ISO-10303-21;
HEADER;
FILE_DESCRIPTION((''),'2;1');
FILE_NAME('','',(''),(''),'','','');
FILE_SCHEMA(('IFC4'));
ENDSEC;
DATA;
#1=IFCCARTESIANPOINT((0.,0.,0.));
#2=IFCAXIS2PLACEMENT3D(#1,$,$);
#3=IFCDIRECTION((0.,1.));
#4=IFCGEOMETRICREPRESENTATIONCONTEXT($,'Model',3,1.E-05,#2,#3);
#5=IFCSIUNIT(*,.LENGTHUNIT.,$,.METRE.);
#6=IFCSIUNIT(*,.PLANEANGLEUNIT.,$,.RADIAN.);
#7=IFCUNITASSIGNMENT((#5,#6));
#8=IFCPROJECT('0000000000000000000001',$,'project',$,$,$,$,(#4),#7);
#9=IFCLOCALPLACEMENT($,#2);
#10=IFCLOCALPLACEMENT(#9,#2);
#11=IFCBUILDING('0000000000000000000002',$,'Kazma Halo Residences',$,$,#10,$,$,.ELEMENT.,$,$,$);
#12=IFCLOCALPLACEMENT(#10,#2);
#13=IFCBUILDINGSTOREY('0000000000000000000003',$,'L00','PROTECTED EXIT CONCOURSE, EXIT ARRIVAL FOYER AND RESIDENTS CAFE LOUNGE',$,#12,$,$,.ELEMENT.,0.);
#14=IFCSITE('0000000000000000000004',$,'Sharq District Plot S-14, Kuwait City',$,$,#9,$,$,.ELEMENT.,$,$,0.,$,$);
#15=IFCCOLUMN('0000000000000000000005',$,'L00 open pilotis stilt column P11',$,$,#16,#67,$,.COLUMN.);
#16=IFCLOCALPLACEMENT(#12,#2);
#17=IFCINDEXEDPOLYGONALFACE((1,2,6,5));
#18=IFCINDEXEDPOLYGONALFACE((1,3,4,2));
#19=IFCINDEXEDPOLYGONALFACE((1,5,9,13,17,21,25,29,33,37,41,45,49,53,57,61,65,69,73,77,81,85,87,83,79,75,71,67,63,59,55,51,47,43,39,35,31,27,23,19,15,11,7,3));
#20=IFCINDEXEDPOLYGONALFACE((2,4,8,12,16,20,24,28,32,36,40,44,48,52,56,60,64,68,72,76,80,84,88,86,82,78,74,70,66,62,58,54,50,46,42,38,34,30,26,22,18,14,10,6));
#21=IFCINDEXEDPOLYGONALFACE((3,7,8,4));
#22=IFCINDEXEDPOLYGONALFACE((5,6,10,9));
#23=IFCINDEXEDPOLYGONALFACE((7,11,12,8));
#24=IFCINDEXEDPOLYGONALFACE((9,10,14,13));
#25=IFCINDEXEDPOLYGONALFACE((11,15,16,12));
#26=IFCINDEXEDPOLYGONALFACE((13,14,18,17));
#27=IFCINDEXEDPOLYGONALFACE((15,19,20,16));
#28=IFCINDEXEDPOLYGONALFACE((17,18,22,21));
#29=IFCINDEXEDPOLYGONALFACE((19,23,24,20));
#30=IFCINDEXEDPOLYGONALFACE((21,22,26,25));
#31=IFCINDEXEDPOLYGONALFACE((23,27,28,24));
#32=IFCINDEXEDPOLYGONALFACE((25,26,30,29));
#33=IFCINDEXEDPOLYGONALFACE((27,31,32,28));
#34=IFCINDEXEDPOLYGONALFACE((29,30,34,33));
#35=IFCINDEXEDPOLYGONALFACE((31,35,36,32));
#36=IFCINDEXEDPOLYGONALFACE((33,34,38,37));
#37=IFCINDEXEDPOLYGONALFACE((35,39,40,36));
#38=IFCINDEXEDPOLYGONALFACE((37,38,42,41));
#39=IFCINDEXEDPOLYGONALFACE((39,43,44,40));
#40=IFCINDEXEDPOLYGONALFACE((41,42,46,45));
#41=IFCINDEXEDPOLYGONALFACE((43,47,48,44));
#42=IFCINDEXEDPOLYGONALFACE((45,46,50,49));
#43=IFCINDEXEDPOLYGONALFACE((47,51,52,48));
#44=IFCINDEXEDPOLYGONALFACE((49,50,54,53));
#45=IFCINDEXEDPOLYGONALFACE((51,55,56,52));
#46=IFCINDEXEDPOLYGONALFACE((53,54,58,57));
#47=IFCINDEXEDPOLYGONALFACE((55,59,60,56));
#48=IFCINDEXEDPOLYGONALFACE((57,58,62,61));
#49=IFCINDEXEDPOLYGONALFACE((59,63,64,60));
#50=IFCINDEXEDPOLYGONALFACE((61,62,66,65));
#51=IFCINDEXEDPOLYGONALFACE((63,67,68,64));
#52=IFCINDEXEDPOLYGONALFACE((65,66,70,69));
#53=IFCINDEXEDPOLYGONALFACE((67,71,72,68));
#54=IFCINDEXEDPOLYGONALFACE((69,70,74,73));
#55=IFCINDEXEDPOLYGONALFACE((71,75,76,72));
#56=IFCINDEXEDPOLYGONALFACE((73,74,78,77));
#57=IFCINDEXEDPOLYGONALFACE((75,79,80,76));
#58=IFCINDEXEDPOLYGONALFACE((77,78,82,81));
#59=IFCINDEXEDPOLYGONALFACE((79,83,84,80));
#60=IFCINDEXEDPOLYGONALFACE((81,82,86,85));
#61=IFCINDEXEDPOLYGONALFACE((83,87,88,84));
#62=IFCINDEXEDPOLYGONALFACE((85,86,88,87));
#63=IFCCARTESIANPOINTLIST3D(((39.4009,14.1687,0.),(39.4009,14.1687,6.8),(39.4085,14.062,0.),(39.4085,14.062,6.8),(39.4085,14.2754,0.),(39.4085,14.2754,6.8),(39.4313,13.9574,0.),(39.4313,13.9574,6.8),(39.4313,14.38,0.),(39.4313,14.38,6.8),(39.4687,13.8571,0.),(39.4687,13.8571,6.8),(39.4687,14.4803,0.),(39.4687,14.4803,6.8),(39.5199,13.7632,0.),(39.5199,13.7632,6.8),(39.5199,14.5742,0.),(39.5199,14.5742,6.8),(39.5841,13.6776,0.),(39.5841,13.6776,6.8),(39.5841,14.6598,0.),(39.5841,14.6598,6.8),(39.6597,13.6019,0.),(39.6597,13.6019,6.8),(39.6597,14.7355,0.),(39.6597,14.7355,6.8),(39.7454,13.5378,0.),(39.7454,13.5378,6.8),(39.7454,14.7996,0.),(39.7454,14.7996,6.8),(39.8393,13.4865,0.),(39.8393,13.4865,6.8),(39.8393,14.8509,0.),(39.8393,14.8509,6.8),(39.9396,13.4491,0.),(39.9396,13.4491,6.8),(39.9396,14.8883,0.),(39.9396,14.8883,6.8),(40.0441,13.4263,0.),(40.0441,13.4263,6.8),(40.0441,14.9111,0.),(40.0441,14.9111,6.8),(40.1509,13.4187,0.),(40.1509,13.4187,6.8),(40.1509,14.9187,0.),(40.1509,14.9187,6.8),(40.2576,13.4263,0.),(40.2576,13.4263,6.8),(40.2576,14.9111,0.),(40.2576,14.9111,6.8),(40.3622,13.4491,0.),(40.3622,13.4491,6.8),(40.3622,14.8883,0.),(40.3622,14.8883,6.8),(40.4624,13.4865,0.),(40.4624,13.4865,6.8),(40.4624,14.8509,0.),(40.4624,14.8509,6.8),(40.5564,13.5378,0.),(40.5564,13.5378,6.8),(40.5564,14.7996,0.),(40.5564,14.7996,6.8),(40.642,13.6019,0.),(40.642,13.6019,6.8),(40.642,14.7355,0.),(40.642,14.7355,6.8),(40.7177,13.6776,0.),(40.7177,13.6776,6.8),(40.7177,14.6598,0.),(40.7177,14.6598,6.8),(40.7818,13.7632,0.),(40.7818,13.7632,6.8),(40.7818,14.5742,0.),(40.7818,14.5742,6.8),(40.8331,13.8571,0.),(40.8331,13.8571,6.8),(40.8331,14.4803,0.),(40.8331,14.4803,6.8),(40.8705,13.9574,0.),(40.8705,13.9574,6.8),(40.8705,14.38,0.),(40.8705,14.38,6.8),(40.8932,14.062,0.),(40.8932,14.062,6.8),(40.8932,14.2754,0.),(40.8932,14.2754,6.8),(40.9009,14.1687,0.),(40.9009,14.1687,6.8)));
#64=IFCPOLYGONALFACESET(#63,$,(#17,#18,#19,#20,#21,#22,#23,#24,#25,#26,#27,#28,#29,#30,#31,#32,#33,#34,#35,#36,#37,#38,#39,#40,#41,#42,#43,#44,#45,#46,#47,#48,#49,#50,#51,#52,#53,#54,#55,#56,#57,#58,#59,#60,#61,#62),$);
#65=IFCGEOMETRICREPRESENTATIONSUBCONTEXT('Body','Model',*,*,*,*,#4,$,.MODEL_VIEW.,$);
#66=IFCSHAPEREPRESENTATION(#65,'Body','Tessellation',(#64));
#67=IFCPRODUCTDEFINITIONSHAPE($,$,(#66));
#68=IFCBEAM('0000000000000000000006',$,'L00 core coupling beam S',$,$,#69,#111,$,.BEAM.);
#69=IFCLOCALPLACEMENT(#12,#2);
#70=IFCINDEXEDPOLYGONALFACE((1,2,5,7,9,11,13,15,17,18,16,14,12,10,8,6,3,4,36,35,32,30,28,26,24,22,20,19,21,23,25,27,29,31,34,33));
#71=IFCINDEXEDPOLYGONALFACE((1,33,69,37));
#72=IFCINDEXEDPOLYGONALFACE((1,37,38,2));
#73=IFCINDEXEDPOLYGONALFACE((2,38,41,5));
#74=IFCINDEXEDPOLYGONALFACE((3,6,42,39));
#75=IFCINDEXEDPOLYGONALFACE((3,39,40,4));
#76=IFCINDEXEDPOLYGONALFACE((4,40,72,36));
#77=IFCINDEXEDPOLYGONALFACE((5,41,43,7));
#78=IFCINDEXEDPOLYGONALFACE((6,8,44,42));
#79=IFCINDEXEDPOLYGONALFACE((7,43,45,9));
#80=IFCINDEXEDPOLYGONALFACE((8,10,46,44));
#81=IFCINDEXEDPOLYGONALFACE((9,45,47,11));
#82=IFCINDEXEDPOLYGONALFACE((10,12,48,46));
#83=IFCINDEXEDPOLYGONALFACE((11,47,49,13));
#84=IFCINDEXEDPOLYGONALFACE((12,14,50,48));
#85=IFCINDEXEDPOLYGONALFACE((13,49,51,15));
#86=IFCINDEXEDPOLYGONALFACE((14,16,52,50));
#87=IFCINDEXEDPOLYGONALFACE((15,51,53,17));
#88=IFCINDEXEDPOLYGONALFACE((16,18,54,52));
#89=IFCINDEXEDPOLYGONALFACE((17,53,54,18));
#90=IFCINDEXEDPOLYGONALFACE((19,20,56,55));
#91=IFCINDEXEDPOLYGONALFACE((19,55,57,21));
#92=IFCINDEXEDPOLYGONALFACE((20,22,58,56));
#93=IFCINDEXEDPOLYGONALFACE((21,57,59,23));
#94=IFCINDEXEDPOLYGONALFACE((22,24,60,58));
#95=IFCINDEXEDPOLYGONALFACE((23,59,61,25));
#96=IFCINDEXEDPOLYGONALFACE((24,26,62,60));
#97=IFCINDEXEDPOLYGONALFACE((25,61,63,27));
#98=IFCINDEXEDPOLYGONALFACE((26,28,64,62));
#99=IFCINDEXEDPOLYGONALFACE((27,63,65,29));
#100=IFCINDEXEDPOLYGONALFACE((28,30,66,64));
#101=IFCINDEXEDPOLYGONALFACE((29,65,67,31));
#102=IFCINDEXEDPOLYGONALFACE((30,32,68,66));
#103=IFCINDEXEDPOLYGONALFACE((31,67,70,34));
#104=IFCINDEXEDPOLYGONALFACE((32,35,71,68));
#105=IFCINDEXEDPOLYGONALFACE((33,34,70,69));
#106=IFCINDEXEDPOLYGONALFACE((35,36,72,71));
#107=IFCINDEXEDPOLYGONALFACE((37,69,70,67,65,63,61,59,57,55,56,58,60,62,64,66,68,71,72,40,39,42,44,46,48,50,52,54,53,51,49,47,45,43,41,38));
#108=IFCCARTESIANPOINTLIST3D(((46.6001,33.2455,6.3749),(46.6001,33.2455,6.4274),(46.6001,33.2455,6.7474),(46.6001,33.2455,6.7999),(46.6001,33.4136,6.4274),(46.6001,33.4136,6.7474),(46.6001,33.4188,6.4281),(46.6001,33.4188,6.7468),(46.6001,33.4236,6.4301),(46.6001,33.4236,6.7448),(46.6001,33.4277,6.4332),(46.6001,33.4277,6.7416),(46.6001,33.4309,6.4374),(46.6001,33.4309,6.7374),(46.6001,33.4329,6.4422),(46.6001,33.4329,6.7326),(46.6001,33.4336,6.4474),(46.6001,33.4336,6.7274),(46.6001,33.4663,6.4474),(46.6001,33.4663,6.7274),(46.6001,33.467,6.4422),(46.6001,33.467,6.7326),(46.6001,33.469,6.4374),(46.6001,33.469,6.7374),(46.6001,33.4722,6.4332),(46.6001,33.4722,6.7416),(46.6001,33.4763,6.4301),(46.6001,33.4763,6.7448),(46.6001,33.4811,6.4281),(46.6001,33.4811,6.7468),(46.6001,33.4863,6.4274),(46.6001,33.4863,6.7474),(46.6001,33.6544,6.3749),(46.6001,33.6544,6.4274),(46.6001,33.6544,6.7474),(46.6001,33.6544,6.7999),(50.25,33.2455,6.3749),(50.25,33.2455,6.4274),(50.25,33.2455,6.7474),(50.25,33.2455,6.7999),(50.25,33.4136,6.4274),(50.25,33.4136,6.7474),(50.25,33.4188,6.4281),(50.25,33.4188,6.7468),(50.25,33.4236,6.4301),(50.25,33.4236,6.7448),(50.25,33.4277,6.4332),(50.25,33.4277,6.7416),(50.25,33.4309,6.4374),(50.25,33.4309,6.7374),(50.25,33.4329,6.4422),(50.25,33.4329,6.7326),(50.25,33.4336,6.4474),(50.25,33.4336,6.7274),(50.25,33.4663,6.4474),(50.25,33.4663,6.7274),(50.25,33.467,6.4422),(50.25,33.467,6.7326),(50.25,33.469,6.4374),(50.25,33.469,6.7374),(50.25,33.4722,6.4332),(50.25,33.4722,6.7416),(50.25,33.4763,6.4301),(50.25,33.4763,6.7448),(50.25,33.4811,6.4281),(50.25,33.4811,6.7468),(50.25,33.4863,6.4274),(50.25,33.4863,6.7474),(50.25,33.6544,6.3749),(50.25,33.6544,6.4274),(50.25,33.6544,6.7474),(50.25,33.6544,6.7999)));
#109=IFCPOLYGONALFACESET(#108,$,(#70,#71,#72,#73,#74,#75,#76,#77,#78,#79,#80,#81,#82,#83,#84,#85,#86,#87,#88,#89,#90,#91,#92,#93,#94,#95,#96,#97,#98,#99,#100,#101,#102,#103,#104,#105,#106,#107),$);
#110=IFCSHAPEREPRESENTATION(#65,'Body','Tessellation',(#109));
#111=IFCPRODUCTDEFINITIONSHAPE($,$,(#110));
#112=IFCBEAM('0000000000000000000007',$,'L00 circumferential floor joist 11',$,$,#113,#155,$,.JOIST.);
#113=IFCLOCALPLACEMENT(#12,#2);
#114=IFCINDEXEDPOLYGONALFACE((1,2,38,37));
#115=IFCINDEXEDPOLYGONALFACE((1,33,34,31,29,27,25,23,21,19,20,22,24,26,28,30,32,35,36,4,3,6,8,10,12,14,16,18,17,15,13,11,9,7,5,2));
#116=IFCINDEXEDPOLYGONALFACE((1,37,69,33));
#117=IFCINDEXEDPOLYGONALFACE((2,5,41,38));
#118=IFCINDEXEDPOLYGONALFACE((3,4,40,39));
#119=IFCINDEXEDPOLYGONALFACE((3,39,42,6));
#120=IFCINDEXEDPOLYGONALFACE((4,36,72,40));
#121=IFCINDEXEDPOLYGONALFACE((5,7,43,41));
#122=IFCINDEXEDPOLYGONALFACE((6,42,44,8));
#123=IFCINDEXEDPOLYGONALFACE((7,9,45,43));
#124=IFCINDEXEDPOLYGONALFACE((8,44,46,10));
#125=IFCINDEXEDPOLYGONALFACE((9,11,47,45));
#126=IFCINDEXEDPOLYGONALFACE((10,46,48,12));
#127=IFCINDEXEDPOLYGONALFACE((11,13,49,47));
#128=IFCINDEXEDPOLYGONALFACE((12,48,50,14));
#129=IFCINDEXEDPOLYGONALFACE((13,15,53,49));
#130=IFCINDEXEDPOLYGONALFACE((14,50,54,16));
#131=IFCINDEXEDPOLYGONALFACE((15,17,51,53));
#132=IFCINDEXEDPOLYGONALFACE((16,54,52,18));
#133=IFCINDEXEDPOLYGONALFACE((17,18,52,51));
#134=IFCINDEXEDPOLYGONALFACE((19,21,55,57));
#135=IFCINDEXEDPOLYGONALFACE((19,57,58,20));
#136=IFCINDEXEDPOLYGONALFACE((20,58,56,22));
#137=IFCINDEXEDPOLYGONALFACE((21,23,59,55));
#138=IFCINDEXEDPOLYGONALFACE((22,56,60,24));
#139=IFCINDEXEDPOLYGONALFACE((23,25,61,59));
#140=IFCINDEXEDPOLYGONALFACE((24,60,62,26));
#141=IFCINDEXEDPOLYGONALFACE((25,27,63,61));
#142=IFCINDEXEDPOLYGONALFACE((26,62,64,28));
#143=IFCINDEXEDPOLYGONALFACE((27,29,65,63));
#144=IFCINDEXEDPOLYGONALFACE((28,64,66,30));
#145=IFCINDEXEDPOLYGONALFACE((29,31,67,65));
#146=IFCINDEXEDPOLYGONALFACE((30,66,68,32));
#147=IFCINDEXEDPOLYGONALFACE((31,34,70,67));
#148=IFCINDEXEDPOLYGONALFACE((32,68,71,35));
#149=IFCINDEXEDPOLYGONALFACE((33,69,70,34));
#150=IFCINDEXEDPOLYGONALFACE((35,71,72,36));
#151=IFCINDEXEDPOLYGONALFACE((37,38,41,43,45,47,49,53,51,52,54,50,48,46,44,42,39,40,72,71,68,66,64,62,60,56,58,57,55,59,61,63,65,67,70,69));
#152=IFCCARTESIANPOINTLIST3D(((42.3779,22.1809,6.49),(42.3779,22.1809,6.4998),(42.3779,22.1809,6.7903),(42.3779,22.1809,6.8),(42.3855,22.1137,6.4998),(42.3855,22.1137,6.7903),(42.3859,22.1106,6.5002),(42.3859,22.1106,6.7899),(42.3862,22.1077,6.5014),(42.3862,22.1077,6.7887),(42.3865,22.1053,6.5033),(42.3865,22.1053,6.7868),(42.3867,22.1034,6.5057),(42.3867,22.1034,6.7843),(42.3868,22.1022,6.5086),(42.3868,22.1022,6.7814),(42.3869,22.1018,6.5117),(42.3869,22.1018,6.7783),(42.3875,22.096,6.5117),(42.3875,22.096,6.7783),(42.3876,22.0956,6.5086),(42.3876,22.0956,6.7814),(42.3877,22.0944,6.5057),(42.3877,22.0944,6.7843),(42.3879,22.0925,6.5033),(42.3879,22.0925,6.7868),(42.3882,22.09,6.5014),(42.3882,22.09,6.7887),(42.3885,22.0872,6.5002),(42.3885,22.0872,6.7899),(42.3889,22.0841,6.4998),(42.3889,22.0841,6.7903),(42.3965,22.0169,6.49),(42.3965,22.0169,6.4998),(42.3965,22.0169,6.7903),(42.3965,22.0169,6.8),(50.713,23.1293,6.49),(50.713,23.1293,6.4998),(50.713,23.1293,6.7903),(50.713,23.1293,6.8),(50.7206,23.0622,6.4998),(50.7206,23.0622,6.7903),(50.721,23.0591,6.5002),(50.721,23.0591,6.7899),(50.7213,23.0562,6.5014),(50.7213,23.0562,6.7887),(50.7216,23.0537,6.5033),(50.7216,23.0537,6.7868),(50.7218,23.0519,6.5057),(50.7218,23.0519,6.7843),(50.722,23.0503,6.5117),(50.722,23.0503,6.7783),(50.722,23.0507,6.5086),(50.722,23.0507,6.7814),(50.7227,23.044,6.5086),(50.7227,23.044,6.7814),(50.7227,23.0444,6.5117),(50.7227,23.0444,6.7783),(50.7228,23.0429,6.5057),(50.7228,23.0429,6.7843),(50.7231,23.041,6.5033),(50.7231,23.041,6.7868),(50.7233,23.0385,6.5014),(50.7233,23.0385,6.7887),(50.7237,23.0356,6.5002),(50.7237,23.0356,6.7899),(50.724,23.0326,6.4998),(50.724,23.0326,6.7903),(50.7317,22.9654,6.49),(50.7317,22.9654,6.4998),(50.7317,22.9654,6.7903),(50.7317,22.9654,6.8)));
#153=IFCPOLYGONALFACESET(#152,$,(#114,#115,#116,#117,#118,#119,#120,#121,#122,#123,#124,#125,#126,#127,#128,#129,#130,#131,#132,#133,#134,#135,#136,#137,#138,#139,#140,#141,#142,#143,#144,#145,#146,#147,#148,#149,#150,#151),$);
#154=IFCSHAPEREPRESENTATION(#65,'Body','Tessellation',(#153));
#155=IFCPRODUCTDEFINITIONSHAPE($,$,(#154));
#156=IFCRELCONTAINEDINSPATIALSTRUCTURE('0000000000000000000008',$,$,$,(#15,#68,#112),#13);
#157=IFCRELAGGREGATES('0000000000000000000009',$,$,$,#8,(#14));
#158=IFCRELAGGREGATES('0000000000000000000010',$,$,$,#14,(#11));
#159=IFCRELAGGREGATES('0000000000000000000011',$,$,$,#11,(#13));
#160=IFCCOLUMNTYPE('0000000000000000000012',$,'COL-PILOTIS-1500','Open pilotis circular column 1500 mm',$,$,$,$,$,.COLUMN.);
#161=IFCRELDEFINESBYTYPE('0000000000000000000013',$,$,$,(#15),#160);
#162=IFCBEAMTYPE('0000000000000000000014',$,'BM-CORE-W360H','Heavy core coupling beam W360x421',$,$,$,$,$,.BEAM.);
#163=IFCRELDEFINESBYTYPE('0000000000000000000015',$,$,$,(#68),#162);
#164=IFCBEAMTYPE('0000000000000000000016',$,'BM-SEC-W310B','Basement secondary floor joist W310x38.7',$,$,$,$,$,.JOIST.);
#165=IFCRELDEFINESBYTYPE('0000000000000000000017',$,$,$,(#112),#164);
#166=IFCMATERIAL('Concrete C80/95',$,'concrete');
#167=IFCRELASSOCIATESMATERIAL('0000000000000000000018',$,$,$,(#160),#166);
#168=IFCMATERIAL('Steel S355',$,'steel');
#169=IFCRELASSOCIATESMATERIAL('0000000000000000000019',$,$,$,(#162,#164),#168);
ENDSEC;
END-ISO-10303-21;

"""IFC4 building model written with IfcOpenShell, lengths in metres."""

from ifc_helpers import new_model, si_unit, direction, frame, origin, origin_2d, place, context, subcontext, project, spatial, circle, i_section, extrude, material, material_profile, profile_set, type_object, element, save


model = new_model("IFC4")

# Units and contexts
model_context = context("Model", 3, precision=1e-05, world=origin(), true_north=direction((0.0, 1.0)))
body_context = subcontext(model_context, "Body", "Model", "MODEL_VIEW")
ifc_project = project(units=[si_unit("LENGTHUNIT", "METRE"), si_unit("PLANEANGLEUNIT", "RADIAN")], contexts=[model_context])

# Site, building, storey
site_placement = place(None, origin())
site = spatial("IfcSite", under=ifc_project, at=site_placement, Name="Sharq District Plot S-14, Kuwait City", CompositionType="ELEMENT", RefElevation=0.0)
building_placement = place(site_placement, origin())
building = spatial("IfcBuilding", under=site, at=building_placement, Name="Kazma Halo Residences", CompositionType="ELEMENT")
storey_placement = place(building_placement, origin())
storey = spatial("IfcBuildingStorey", under=building, at=storey_placement, Name="L00", Description="PROTECTED EXIT CONCOURSE, EXIT ARRIVAL FOYER AND RESIDENTS CAFE LOUNGE", CompositionType="ELEMENT", Elevation=0.0)

# Column
ifc_material_1 = material(Name="Concrete C80/95", Category="concrete")
ifc_material_profile_1 = material_profile(ifc_material_1, circle(Radius=0.75, at=origin_2d()), Name="CIRC1500")
ifc_profile_set_1 = profile_set([ifc_material_profile_1], Name="Concrete C80/95")
column_type = type_object("IfcColumnType", Name="COL-PILOTIS-1500", Description="Open pilotis circular column 1500 mm", PredefinedType="COLUMN", material=ifc_profile_set_1)
column_placement = place(storey_placement, frame((40.1509, 14.1687, 0.0), z_axis=(0.0, 0.0, 1.0), x_axis=(1.0, 0.0, 0.0)))
element("IfcColumn", 1, at=column_placement, inside=storey, type_object=column_type, Name="L00 open pilotis stilt column P11", PredefinedType="COLUMN", context=body_context, shape_type="SweptSolid", body=[
    extrude(circle(Radius=0.75, at=origin_2d()), origin(), (0.0, 0.0, 1.0), 6.8),
])

# Beams
ifc_material_2 = material(Name="Steel S355", Category="steel")
ifc_material_profile_2 = material_profile(ifc_material_2, i_section(OverallWidth=0.4089, OverallDepth=0.425, WebThickness=0.0327, FlangeThickness=0.0525, FilletRadius=0.02, at=origin_2d()), Name="W360x421")
ifc_profile_set_2 = profile_set([ifc_material_profile_2], Name="Steel S355")
beam_type_1 = type_object("IfcBeamType", Name="BM-CORE-W360H", Description="Heavy core coupling beam W360x421", PredefinedType="BEAM", material=ifc_profile_set_2)
beam_1_placement = place(storey_placement, frame((46.6001, 33.45, 6.5874), z_axis=(1.0, 0.0, 0.0), x_axis=(0.0, 1.0, 0.0)))
element("IfcBeam", 2, at=beam_1_placement, inside=storey, type_object=beam_type_1, Name="L00 core coupling beam S", PredefinedType="BEAM", context=body_context, shape_type="SweptSolid", body=[
    extrude(i_section(OverallWidth=0.4089, OverallDepth=0.425, WebThickness=0.0327, FlangeThickness=0.0525, FilletRadius=0.02, at=origin_2d()), origin(), (0.0, 0.0, 1.0), 3.6499),
])
ifc_material_profile_3 = material_profile(ifc_material_2, i_section(OverallWidth=0.165, OverallDepth=0.3101, WebThickness=0.0059, FlangeThickness=0.0098, FilletRadius=0.012, at=origin_2d()), Name="W310x38.7")
ifc_profile_set_3 = profile_set([ifc_material_profile_3], Name="Steel S355")
beam_type_2 = type_object("IfcBeamType", Name="BM-SEC-W310B", Description="Basement secondary floor joist W310x38.7", PredefinedType="JOIST", material=ifc_profile_set_3)
beam_2_placement = place(storey_placement, frame((42.3872, 22.0989, 6.645), z_axis=(0.993588, 0.113063, 0.0), x_axis=(-0.113063, 0.993588, 0.0)))
element("IfcBeam", 3, at=beam_2_placement, inside=storey, type_object=beam_type_2, Name="L00 circumferential floor joist 11", PredefinedType="JOIST", context=body_context, shape_type="SweptSolid", body=[
    extrude(i_section(OverallWidth=0.165, OverallDepth=0.3101, WebThickness=0.0059, FlangeThickness=0.0098, FilletRadius=0.012, at=origin_2d()), origin(), (0.0, 0.0, 1.0), 8.3889),
])

save(model, "model.ifc")
